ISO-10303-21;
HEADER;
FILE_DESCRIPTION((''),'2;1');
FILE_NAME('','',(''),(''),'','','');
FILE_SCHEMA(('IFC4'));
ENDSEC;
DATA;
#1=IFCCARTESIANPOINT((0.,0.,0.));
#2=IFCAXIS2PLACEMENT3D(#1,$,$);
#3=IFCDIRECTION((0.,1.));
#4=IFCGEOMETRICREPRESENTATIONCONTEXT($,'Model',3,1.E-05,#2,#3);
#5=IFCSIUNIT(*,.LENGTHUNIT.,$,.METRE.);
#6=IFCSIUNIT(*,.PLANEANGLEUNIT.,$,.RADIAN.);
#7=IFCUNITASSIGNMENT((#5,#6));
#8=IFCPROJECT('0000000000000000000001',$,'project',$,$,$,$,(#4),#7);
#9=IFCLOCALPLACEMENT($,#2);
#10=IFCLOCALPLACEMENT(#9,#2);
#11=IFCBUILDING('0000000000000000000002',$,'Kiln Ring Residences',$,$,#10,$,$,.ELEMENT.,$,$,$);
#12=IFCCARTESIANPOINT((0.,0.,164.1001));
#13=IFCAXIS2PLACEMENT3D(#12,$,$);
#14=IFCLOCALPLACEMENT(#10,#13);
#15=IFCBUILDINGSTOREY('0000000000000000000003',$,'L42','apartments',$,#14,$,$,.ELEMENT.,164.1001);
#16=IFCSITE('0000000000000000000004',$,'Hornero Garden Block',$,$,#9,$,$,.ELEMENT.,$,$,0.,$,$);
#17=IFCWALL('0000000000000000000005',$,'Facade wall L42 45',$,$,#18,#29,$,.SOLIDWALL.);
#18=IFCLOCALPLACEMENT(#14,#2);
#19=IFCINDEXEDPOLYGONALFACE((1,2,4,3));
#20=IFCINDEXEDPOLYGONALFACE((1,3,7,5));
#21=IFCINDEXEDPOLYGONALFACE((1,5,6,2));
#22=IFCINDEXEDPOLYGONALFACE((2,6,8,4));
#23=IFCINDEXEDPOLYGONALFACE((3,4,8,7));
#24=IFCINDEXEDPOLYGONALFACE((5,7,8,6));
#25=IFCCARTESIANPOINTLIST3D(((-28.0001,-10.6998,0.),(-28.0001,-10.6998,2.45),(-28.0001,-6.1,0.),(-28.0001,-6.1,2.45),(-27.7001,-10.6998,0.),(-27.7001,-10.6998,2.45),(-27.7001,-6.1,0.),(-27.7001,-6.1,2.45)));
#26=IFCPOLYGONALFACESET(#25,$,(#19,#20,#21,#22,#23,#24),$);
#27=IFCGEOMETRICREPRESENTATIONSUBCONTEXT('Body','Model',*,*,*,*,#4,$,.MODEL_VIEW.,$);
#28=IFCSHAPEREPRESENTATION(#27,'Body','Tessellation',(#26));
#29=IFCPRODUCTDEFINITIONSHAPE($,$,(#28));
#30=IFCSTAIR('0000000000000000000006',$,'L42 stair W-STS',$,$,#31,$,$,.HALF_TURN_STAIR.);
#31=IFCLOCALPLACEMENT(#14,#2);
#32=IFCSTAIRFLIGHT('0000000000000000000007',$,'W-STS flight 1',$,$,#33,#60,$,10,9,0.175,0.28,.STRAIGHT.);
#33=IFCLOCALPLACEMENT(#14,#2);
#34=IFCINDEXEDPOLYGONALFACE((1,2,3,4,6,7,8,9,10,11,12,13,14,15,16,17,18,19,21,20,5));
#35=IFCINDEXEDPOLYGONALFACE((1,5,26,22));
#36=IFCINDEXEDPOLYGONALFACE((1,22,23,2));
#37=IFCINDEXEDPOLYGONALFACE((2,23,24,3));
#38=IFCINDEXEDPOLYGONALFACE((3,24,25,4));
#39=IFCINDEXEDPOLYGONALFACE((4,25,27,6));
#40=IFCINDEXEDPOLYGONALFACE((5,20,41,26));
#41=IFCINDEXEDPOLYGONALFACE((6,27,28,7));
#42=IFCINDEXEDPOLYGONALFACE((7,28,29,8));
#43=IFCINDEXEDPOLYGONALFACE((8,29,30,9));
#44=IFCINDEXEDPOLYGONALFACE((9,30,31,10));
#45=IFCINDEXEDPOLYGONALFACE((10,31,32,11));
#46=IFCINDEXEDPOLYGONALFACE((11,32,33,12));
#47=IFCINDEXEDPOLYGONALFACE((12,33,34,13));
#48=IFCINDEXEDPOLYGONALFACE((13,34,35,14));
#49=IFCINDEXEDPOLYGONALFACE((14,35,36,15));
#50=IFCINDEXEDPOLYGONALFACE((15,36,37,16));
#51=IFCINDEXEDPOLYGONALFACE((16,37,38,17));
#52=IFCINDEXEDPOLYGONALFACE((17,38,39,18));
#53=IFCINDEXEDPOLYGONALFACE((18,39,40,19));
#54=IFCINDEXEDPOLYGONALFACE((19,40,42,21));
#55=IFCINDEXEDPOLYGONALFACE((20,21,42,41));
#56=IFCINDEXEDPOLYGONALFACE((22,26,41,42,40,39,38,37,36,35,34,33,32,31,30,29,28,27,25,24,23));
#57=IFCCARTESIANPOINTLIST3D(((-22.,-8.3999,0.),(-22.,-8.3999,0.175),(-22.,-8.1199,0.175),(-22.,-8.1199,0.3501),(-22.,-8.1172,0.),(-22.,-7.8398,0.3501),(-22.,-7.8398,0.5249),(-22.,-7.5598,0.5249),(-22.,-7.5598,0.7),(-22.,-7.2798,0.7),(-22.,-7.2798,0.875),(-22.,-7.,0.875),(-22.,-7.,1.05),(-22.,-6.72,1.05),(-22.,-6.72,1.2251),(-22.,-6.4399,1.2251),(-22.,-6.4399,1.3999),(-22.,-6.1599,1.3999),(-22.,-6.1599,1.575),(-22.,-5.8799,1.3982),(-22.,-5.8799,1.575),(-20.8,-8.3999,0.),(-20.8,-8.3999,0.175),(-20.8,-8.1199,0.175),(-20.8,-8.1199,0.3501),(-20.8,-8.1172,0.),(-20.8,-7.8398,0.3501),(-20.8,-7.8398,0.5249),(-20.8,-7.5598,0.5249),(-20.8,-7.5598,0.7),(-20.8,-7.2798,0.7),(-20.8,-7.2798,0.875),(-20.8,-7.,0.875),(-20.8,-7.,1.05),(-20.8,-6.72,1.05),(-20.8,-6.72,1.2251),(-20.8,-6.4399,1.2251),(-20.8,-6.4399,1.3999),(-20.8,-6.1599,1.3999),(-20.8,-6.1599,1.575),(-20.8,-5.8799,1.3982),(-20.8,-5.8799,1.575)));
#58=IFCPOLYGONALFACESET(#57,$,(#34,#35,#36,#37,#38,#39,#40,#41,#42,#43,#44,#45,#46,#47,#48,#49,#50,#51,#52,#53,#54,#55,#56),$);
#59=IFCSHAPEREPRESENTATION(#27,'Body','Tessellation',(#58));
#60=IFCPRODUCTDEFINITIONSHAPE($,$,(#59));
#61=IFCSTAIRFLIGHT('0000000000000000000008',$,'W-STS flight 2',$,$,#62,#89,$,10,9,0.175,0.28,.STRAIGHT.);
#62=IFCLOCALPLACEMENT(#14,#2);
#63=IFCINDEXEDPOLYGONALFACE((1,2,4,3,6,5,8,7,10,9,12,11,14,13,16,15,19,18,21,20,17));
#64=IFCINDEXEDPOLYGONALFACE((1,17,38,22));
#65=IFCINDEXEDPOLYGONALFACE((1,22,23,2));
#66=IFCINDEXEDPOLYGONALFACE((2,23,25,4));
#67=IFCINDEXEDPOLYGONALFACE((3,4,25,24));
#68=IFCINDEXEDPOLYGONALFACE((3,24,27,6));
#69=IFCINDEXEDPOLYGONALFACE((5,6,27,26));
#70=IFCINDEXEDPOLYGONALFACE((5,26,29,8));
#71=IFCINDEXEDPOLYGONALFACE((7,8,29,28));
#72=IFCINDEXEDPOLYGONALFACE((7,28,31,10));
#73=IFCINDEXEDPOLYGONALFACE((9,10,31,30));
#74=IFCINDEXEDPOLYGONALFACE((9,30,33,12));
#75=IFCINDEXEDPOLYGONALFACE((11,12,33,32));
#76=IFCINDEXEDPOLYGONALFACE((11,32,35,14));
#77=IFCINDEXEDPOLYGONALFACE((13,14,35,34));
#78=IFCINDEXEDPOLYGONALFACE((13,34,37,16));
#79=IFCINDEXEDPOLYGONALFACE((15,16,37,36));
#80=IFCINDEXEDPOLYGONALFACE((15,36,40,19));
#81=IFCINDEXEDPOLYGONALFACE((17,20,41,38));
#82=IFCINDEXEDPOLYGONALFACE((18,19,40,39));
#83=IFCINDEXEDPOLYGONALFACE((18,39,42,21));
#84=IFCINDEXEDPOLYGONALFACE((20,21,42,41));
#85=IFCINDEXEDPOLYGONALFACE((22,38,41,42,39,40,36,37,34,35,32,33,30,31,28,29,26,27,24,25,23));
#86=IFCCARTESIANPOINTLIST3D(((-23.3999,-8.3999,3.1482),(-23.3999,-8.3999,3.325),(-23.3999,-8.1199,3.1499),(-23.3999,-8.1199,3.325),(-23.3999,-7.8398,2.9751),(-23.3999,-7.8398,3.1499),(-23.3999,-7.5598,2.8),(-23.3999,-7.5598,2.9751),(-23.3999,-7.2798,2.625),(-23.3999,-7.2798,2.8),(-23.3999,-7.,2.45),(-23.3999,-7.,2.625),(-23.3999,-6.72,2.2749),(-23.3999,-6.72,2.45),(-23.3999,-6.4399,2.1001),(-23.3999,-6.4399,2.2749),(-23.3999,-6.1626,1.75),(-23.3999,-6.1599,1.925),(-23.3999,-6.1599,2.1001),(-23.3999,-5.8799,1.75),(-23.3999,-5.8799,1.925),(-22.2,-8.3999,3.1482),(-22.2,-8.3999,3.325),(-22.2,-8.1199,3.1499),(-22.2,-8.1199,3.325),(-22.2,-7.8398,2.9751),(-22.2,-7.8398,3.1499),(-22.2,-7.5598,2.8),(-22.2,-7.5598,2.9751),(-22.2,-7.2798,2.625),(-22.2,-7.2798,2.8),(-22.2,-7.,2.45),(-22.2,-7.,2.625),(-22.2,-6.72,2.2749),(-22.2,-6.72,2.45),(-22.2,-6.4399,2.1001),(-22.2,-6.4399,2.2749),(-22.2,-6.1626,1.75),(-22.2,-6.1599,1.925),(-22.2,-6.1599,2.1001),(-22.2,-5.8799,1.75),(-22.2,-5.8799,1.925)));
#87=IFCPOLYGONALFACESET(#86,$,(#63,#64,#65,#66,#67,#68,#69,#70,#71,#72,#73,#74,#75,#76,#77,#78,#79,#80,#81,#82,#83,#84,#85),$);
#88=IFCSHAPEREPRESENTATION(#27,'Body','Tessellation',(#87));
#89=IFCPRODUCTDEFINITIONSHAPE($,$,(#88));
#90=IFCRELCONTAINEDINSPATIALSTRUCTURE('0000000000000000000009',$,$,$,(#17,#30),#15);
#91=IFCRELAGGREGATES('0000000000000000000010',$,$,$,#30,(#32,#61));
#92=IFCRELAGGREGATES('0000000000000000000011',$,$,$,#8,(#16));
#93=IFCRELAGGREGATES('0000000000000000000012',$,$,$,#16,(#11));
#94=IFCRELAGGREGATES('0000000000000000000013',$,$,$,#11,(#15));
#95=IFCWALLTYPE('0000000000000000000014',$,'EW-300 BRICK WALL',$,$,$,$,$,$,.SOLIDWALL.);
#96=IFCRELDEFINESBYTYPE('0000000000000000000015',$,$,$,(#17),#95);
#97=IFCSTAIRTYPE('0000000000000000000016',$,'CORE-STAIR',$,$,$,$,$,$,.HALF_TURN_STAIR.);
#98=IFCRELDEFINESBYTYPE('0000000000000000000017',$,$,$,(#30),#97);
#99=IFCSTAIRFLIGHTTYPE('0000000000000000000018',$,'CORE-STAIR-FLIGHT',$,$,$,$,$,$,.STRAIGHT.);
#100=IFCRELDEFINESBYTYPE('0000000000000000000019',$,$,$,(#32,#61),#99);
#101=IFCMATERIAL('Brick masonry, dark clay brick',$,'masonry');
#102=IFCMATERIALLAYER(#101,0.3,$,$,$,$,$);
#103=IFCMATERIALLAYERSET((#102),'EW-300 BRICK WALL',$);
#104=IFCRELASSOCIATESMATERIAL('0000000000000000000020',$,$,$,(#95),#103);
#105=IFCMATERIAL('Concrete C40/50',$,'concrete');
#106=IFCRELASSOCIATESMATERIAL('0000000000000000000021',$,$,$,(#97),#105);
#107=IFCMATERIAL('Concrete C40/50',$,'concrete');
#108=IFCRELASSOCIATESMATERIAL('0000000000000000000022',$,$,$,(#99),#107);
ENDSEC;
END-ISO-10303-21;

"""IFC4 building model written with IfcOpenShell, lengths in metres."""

from ifc_helpers import new_model, si_unit, direction, frame, frame_2d, origin, place, context, subcontext, project, spatial, polyline, rectangle, outline, extrude, material, layer, layer_set, type_object, element, aggregate, save


model = new_model("IFC4")

# Units and contexts
model_context = context("Model", 3, precision=1e-05, world=origin(), true_north=direction((0.0, 1.0)))
body_context = subcontext(model_context, "Body", "Model", "MODEL_VIEW")
ifc_project = project(units=[si_unit("LENGTHUNIT", "METRE"), si_unit("PLANEANGLEUNIT", "RADIAN")], contexts=[model_context])

# Site, building, storey
site_placement = place(None, origin())
site = spatial("IfcSite", under=ifc_project, at=site_placement, Name="Hornero Garden Block", CompositionType="ELEMENT", RefElevation=0.0)
building_placement = place(site_placement, origin())
building = spatial("IfcBuilding", under=site, at=building_placement, Name="Kiln Ring Residences", CompositionType="ELEMENT")
storey_placement = place(building_placement, frame((0.0, 0.0, 164.1001)))
storey = spatial("IfcBuildingStorey", under=building, at=storey_placement, Name="L42", Description="apartments", CompositionType="ELEMENT", Elevation=164.1001)

# Wall
ifc_material_1 = material(Name="Brick masonry, dark clay brick", Category="masonry")
ifc_layer_1 = layer(ifc_material_1, 0.3)
ifc_layer_set_1 = layer_set([ifc_layer_1], Name="EW-300 BRICK WALL")
wall_type_1 = type_object("IfcWallType", Name="EW-300 BRICK WALL", PredefinedType="SOLIDWALL", material=ifc_layer_set_1)
wall_1_placement = place(storey_placement, frame((-27.8501, -6.1001, 0.0), z_axis=(0.0, 0.0, 1.0), x_axis=(0.0, -1.0, 0.0)))
element("IfcWall", 1, at=wall_1_placement, inside=storey, type_object=wall_type_1, Name="Facade wall L42 45", PredefinedType="SOLIDWALL", context=body_context, shape_type="SweptSolid", body=[
    extrude(rectangle(XDim=4.5999, YDim=0.3, at=frame_2d((2.2998, 0.0))), origin(), (0.0, 0.0, 1.0), 2.45),
])

# Stair, stair flights
ifc_material_2 = material(Name="Concrete C40/50", Category="concrete")
stair_type = type_object("IfcStairType", Name="CORE-STAIR", PredefinedType="HALF_TURN_STAIR", material=ifc_material_2)
stair_placement = place(storey_placement, origin())
stair = element("IfcStair", 2, at=stair_placement, inside=storey, type_object=stair_type, Name="L42 stair W-STS", PredefinedType="HALF_TURN_STAIR")
ifc_material_3 = material(Name="Concrete C40/50", Category="concrete")
stair_flight_type = type_object("IfcStairFlightType", Name="CORE-STAIR-FLIGHT", PredefinedType="STRAIGHT", material=ifc_material_3)
stair_flight_1_placement = place(storey_placement, frame((-21.3999, -8.3999, 0.0), z_axis=(0.0, 0.0, 1.0), x_axis=(0.0, 1.0, 0.0)))
stair_flight_1 = element("IfcStairFlight", 3, at=stair_flight_1_placement, type_object=stair_flight_type, Name="W-STS flight 1", NumberOfRisers=10, NumberOfTreads=9, PredefinedType="STRAIGHT", RiserHeight=0.175, TreadLength=0.28, context=body_context, shape_type="SweptSolid", body=[
    extrude(outline(polyline([(0.0, 0.0), (0.0, 0.175), (0.28, 0.175), (0.28, 0.3501), (0.5601, 0.3501), (0.5601, 0.5249), (0.8401, 0.5249), (0.8401, 0.7), (1.1201, 0.7), (1.1201, 0.875), (1.3999, 0.875), (1.3999, 1.05), (1.6799, 1.05), (1.6799, 1.2251), (1.96, 1.2251), (1.96, 1.3999), (2.24, 1.3999), (2.24, 1.575), (2.52, 1.575), (2.52, 1.75), (2.52, 1.3982), (0.2827, 0.0), (0.0, 0.0)])), frame((0.0, 0.6001, 0.0), z_axis=(0.0, -1.0, 0.0), x_axis=(1.0, 0.0, 0.0)), (0.0, 0.0, 1.0), 1.2),
])
stair_flight_2_placement = place(storey_placement, frame((-22.8, -5.8799, 1.75), z_axis=(0.0, 0.0, 1.0), x_axis=(0.0, -1.0, 0.0)))
stair_flight_2 = element("IfcStairFlight", 4, at=stair_flight_2_placement, type_object=stair_flight_type, Name="W-STS flight 2", NumberOfRisers=10, NumberOfTreads=9, PredefinedType="STRAIGHT", RiserHeight=0.175, TreadLength=0.28, context=body_context, shape_type="SweptSolid", body=[
    extrude(outline(polyline([(0.0, 0.0), (0.0, 0.175), (0.28, 0.175), (0.28, 0.3501), (0.5601, 0.3501), (0.5601, 0.5249), (0.8401, 0.5249), (0.8401, 0.7), (1.1201, 0.7), (1.1201, 0.875), (1.3999, 0.875), (1.3999, 1.05), (1.6799, 1.05), (1.6799, 1.2251), (1.96, 1.2251), (1.96, 1.3999), (2.24, 1.3999), (2.24, 1.575), (2.52, 1.575), (2.52, 1.75), (2.52, 1.3982), (0.2827, 0.0), (0.0, 0.0)])), frame((0.0, 0.6001, 0.0), z_axis=(0.0, -1.0, 0.0), x_axis=(1.0, 0.0, 0.0)), (0.0, 0.0, 1.0), 1.2),
])
aggregate(stair, [stair_flight_1, stair_flight_2])

save(model, "model.ifc")
